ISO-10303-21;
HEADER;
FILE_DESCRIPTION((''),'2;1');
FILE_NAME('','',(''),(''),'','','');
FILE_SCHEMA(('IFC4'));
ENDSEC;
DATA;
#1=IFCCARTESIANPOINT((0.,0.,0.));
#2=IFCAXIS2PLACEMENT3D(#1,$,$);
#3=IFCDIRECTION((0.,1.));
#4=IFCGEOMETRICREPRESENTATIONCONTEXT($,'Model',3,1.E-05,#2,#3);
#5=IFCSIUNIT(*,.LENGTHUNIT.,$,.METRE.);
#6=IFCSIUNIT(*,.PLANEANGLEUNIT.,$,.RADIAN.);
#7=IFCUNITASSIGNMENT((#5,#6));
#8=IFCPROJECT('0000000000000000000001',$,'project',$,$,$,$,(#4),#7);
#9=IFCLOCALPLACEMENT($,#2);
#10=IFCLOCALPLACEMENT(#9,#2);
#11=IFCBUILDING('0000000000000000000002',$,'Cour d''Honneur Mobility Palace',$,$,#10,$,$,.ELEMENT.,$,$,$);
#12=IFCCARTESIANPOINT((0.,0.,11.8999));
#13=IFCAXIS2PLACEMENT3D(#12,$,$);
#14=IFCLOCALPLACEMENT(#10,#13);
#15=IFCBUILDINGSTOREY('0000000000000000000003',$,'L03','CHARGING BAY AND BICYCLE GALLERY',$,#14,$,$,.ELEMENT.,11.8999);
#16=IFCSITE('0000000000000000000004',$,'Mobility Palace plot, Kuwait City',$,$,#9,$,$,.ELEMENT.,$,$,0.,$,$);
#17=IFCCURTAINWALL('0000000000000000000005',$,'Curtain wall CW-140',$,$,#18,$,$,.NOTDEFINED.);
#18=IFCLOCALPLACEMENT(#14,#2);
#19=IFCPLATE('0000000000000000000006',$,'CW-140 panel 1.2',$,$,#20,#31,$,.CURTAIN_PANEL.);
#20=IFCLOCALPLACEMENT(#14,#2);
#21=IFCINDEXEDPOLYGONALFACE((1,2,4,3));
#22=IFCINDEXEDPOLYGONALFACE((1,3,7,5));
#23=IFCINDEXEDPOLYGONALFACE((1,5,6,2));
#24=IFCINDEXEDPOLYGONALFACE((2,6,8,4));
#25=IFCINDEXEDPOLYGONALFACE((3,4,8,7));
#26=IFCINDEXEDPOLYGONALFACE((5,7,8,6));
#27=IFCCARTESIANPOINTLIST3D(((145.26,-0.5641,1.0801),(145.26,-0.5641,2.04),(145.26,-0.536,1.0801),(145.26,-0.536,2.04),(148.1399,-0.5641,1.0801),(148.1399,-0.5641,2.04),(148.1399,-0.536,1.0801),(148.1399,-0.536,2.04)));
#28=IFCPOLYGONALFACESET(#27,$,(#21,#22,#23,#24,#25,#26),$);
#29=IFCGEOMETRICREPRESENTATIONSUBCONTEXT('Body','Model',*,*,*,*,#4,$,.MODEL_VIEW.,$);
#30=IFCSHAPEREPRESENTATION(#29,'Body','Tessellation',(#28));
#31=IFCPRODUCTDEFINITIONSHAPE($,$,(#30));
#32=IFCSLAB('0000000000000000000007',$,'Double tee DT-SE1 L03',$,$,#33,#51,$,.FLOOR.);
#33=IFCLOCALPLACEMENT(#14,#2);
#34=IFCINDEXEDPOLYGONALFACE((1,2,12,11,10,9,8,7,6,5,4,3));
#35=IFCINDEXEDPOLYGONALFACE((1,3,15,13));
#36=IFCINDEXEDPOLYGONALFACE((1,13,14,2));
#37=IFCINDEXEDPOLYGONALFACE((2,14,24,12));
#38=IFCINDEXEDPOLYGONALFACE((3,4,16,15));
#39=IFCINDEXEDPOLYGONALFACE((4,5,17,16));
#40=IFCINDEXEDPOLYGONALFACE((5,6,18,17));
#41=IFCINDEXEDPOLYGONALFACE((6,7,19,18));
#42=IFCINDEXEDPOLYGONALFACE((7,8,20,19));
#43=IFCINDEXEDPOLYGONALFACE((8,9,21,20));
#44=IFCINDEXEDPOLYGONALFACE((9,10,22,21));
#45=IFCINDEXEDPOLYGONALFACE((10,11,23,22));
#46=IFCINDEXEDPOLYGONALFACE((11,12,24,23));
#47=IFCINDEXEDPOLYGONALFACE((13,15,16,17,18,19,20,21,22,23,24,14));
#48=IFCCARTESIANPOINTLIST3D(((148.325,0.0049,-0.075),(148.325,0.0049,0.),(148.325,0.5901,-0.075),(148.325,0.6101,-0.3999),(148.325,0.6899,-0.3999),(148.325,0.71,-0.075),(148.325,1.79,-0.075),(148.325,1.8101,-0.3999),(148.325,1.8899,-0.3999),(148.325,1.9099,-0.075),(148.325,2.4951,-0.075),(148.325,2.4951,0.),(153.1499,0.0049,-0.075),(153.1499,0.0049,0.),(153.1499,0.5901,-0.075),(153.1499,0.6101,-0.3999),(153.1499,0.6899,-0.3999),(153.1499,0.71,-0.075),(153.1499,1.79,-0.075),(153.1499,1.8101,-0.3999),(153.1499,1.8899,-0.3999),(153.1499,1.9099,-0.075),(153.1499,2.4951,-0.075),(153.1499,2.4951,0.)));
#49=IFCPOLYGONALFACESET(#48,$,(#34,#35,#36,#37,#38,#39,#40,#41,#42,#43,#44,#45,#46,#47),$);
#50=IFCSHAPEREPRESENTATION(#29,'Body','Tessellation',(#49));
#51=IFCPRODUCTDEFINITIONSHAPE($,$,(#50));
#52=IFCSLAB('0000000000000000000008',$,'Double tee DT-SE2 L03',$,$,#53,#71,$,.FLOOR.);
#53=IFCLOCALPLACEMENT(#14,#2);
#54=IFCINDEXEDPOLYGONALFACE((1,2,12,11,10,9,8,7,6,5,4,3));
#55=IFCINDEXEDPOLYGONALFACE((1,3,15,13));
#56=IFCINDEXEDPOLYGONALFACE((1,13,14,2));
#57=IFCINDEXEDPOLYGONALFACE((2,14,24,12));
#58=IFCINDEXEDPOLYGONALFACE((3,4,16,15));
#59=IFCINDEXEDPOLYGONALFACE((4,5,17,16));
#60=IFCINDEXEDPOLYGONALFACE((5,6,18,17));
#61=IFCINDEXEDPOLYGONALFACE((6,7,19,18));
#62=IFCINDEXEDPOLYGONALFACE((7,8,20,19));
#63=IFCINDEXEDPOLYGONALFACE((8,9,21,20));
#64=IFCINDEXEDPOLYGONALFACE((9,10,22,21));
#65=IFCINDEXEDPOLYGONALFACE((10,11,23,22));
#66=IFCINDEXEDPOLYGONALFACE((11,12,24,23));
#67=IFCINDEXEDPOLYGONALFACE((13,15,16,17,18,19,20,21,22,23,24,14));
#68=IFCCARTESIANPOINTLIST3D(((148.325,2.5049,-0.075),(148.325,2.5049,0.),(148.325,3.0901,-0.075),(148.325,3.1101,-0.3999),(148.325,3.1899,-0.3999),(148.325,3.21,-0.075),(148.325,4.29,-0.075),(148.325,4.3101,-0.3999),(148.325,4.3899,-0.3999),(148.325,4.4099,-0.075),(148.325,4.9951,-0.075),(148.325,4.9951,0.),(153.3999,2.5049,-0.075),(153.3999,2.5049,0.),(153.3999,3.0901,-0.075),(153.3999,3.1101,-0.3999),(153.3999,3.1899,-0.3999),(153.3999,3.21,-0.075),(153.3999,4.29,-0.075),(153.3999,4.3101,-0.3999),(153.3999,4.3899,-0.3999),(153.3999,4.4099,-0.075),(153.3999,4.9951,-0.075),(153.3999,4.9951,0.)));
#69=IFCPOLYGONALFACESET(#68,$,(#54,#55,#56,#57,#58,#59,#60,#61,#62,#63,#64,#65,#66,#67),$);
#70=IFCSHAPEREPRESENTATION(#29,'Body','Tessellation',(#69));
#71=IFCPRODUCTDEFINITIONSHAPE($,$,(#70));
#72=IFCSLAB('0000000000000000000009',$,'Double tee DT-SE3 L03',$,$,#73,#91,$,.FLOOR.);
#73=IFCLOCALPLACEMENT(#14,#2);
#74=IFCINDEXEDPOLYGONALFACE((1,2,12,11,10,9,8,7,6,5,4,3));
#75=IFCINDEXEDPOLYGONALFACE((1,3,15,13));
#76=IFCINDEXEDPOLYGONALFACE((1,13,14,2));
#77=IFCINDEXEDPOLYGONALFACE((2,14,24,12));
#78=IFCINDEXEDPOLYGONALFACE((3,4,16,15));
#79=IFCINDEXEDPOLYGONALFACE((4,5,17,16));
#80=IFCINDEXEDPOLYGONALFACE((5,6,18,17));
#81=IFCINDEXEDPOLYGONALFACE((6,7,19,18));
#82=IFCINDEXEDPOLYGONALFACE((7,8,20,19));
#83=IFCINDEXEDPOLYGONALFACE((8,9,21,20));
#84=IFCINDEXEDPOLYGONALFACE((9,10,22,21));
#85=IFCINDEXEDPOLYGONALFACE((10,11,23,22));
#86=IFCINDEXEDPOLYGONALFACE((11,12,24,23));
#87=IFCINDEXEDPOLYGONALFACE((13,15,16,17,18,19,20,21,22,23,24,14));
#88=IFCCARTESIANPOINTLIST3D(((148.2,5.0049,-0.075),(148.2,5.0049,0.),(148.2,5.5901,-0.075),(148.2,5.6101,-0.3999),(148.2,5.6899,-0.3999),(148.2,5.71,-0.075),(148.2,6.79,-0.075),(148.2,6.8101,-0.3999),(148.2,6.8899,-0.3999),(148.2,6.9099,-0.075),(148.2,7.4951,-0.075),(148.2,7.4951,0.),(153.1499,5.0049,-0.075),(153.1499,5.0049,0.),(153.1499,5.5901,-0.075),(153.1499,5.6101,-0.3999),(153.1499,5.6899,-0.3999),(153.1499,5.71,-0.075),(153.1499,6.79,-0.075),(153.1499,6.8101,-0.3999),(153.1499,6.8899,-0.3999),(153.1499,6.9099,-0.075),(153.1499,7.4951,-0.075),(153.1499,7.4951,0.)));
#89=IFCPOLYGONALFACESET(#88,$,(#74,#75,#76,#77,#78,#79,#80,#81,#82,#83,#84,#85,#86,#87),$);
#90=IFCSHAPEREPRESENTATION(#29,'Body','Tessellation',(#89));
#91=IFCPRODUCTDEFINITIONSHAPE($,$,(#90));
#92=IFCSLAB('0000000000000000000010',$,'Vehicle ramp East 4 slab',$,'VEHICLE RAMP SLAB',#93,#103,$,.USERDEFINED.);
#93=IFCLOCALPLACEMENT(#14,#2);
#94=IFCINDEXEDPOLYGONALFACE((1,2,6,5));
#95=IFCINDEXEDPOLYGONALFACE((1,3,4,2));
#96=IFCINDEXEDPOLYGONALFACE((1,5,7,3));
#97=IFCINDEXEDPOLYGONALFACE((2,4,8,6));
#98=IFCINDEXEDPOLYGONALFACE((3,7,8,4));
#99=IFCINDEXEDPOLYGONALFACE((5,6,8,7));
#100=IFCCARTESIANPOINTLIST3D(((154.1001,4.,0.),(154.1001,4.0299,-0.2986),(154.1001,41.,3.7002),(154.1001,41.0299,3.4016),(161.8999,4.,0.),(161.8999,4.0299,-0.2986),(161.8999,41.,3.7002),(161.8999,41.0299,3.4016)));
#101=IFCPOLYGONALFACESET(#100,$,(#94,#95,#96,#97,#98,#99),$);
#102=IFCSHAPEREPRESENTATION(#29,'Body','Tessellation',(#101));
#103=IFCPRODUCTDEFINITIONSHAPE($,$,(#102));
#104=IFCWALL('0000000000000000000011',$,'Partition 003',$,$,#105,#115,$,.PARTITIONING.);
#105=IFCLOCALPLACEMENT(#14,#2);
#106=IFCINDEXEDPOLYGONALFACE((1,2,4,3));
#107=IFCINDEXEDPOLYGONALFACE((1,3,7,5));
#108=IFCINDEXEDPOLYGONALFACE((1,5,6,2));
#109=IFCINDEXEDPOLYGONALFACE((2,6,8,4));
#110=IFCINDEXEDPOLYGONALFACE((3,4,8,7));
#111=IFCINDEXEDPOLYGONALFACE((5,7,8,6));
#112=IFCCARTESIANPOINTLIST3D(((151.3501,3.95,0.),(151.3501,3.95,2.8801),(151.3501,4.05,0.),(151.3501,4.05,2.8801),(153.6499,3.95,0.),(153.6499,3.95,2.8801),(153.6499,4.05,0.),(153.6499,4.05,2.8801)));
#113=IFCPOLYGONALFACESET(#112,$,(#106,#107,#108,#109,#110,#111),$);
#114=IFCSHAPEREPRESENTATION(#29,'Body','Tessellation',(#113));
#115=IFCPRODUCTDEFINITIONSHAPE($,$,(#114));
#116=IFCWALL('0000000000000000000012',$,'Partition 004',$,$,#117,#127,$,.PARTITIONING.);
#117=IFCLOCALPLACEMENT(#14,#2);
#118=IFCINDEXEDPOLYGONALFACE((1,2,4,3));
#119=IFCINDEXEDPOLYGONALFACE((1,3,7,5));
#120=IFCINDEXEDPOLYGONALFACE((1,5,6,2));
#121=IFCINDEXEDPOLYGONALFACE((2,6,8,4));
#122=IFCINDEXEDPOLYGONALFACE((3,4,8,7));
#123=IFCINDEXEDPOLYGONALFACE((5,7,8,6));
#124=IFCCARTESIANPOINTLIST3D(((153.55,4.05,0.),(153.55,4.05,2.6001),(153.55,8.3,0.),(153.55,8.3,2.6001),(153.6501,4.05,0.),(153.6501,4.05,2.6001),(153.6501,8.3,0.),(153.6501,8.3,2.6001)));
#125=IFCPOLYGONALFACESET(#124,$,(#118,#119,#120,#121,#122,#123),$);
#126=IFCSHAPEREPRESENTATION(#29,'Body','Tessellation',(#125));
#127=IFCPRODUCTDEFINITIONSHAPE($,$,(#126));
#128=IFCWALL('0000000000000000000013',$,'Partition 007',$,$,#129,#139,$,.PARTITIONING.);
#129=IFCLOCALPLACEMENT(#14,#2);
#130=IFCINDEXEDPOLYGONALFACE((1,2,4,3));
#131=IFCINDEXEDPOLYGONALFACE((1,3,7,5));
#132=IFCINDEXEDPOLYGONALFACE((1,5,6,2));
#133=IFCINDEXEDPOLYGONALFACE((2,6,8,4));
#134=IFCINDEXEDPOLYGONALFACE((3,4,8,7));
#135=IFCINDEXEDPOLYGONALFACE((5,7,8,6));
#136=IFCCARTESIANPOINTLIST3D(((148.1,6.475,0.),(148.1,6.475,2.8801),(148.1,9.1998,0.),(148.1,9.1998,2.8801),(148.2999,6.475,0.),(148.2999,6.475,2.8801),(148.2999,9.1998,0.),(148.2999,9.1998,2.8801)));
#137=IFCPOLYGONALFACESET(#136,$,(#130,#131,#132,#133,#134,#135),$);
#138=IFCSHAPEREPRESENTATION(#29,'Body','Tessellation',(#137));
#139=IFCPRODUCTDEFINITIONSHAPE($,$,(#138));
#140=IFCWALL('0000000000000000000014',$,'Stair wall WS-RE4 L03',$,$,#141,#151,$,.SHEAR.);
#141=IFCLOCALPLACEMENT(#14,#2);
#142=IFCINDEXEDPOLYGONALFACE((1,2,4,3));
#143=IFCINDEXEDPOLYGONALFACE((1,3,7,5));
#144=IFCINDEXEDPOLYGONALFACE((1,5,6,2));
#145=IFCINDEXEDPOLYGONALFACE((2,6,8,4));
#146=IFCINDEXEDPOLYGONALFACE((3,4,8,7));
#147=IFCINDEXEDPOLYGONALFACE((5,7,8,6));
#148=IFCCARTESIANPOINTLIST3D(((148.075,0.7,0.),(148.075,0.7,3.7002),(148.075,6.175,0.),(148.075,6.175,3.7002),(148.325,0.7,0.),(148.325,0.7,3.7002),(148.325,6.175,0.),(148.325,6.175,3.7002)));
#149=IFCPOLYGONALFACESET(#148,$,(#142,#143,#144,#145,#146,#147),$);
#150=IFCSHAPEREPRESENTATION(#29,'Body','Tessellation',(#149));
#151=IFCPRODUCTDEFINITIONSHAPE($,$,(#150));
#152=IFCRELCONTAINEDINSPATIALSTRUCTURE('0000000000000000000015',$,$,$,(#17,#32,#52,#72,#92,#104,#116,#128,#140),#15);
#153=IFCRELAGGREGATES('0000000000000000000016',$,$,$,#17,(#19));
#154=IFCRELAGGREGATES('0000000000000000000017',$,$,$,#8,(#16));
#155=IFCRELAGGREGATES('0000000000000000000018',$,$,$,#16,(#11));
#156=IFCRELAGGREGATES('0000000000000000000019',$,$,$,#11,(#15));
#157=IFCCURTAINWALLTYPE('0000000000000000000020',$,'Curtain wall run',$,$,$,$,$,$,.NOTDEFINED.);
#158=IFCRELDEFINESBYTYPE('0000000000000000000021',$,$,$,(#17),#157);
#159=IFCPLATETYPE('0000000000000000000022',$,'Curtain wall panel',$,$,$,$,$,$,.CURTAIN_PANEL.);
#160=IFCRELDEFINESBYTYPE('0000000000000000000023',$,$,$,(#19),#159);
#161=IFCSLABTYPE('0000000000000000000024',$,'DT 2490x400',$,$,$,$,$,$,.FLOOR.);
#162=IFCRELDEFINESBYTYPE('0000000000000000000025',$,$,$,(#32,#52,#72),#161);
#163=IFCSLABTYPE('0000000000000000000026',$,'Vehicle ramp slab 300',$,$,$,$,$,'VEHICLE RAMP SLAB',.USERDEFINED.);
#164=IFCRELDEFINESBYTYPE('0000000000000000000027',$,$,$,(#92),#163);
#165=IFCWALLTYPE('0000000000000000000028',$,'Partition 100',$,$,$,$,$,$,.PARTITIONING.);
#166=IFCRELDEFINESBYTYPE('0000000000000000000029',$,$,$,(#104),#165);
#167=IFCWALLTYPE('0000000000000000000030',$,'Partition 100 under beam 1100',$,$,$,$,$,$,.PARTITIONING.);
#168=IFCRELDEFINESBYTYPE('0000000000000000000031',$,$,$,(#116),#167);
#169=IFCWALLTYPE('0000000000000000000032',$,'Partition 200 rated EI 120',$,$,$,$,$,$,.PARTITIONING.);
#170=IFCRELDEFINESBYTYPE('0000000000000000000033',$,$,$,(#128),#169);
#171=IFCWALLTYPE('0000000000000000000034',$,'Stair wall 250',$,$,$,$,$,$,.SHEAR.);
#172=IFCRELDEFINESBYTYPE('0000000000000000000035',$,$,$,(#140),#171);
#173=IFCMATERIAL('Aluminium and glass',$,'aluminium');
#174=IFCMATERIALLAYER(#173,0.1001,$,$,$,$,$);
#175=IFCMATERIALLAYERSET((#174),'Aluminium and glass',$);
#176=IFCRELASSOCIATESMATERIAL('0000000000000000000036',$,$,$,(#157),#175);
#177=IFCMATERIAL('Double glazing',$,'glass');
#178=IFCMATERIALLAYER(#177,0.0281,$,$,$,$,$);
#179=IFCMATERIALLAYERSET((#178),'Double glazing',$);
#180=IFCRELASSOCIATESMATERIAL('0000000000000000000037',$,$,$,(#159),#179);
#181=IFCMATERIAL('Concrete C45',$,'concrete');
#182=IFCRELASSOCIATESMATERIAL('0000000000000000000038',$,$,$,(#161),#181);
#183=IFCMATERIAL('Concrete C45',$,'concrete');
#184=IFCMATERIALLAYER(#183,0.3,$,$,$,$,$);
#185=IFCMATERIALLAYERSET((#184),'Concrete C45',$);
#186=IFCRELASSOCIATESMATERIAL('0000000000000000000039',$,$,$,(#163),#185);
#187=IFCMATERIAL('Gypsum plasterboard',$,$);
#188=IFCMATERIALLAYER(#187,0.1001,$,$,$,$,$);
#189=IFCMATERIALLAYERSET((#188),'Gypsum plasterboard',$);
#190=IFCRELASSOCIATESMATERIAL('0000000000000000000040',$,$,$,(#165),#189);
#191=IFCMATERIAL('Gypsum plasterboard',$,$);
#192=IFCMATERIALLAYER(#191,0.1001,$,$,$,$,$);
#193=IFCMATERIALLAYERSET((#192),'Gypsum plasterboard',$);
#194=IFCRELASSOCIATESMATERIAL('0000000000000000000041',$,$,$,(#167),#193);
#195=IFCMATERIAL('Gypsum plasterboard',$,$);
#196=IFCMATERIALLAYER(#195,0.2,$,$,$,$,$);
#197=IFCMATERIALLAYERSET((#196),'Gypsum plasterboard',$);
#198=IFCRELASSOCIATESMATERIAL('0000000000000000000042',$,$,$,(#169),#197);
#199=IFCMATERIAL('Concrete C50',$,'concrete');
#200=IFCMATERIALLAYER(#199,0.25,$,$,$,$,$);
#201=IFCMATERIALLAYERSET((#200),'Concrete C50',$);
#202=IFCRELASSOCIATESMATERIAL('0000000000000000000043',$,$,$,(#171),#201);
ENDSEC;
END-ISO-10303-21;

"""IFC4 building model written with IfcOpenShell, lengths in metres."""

from ifc_helpers import new_model, si_unit, direction, frame, frame_2d, origin, origin_2d, place, context, subcontext, project, spatial, polyline, rectangle, outline, extrude, material, layer, layer_set, material_profile, profile_set, type_object, element, aggregate, save


model = new_model("IFC4")

# Units and contexts
model_context = context("Model", 3, precision=1e-05, world=origin(), true_north=direction((0.0, 1.0)))
body_context = subcontext(model_context, "Body", "Model", "MODEL_VIEW")
ifc_project = project(units=[si_unit("LENGTHUNIT", "METRE"), si_unit("PLANEANGLEUNIT", "RADIAN")], contexts=[model_context])

# Site, building, storey
site_placement = place(None, origin())
site = spatial("IfcSite", under=ifc_project, at=site_placement, Name="Mobility Palace plot, Kuwait City", CompositionType="ELEMENT", RefElevation=0.0)
building_placement = place(site_placement, origin())
building = spatial("IfcBuilding", under=site, at=building_placement, Name="Cour d'Honneur Mobility Palace", CompositionType="ELEMENT")
storey_placement = place(building_placement, frame((0.0, 0.0, 11.8999)))
storey = spatial("IfcBuildingStorey", under=building, at=storey_placement, Name="L03", Description="CHARGING BAY AND BICYCLE GALLERY", CompositionType="ELEMENT", Elevation=11.8999)

# Curtain wall
ifc_material_1 = material(Name="Aluminium and glass", Category="aluminium")
ifc_layer_1 = layer(ifc_material_1, 0.1001)
ifc_layer_set_1 = layer_set([ifc_layer_1], Name="Aluminium and glass")
curtain_wall_type = type_object("IfcCurtainWallType", Name="Curtain wall run", PredefinedType="NOTDEFINED", material=ifc_layer_set_1)
curtain_wall_placement = place(storey_placement, origin())
curtain_wall = element("IfcCurtainWall", 1, at=curtain_wall_placement, inside=storey, type_object=curtain_wall_type, Name="Curtain wall CW-140", PredefinedType="NOTDEFINED")

# Plate
ifc_material_2 = material(Name="Double glazing", Category="glass")
ifc_layer_2 = layer(ifc_material_2, 0.0281)
ifc_layer_set_2 = layer_set([ifc_layer_2], Name="Double glazing")
plate_type = type_object("IfcPlateType", Name="Curtain wall panel", PredefinedType="CURTAIN_PANEL", material=ifc_layer_set_2)
plate_1_placement = place(storey_placement, frame((146.7, -0.55, 1.0801), z_axis=(0.0, 0.0, 1.0), x_axis=(1.0, 0.0, 0.0)))
plate_1 = element("IfcPlate", 2, at=plate_1_placement, type_object=plate_type, Name="CW-140 panel 1.2", PredefinedType="CURTAIN_PANEL", context=body_context, shape_type="SweptSolid", body=[
    extrude(rectangle(XDim=2.8799, YDim=0.0281, at=origin_2d()), origin(), (0.0, 0.0, 1.0), 0.96),
])
aggregate(curtain_wall, [plate_1])

# Slabs
ifc_material_3 = material(Name="Concrete C45", Category="concrete")
ifc_material_profile_1 = material_profile(ifc_material_3, outline(polyline([(-1.2451, 0.0), (1.2451, 0.0), (1.2451, -0.075), (0.6599, -0.075), (0.6399, -0.3999), (0.5601, -0.3999), (0.54, -0.075), (-0.54, -0.075), (-0.5601, -0.3999), (-0.6399, -0.3999), (-0.6599, -0.075), (-1.2451, -0.075), (-1.2451, 0.0)])), Name="DT 2490x400")
ifc_profile_set_1 = profile_set([ifc_material_profile_1], Name="Concrete C45")
slab_type_1 = type_object("IfcSlabType", Name="DT 2490x400", PredefinedType="FLOOR", material=ifc_profile_set_1)
slab_1_placement = place(storey_placement, frame((148.325, 1.25, 0.0), z_axis=(1.0, 0.0, 0.0), x_axis=(0.0, 1.0, 0.0)))
element("IfcSlab", 3, at=slab_1_placement, inside=storey, type_object=slab_type_1, Name="Double tee DT-SE1 L03", PredefinedType="FLOOR", context=body_context, shape_type="SweptSolid", body=[
    extrude(outline(polyline([(-1.2451, 0.0), (1.2451, 0.0), (1.2451, -0.075), (0.6599, -0.075), (0.6399, -0.3999), (0.5601, -0.3999), (0.54, -0.075), (-0.54, -0.075), (-0.5601, -0.3999), (-0.6399, -0.3999), (-0.6599, -0.075), (-1.2451, -0.075), (-1.2451, 0.0)])), origin(), (0.0, 0.0, 1.0), 4.825),
])
slab_2_placement = place(storey_placement, frame((148.325, 3.75, 0.0), z_axis=(1.0, 0.0, 0.0), x_axis=(0.0, 1.0, 0.0)))
element("IfcSlab", 4, at=slab_2_placement, inside=storey, type_object=slab_type_1, Name="Double tee DT-SE2 L03", PredefinedType="FLOOR", context=body_context, shape_type="SweptSolid", body=[
    extrude(outline(polyline([(-1.2451, 0.0), (1.2451, 0.0), (1.2451, -0.075), (0.6599, -0.075), (0.6399, -0.3999), (0.5601, -0.3999), (0.54, -0.075), (-0.54, -0.075), (-0.5601, -0.3999), (-0.6399, -0.3999), (-0.6599, -0.075), (-1.2451, -0.075), (-1.2451, 0.0)])), origin(), (0.0, 0.0, 1.0), 5.075),
])
slab_3_placement = place(storey_placement, frame((148.2, 6.25, 0.0), z_axis=(1.0, 0.0, 0.0), x_axis=(0.0, 1.0, 0.0)))
element("IfcSlab", 5, at=slab_3_placement, inside=storey, type_object=slab_type_1, Name="Double tee DT-SE3 L03", PredefinedType="FLOOR", context=body_context, shape_type="SweptSolid", body=[
    extrude(outline(polyline([(-1.2451, 0.0), (1.2451, 0.0), (1.2451, -0.075), (0.6599, -0.075), (0.6399, -0.3999), (0.5601, -0.3999), (0.54, -0.075), (-0.54, -0.075), (-0.5601, -0.3999), (-0.6399, -0.3999), (-0.6599, -0.075), (-1.2451, -0.075), (-1.2451, 0.0)])), origin(), (0.0, 0.0, 1.0), 4.95),
])
ifc_material_4 = material(Name="Concrete C45", Category="concrete")
ifc_layer_3 = layer(ifc_material_4, 0.3)
ifc_layer_set_3 = layer_set([ifc_layer_3], Name="Concrete C45")
slab_type_2 = type_object("IfcSlabType", Name="Vehicle ramp slab 300", ElementType="VEHICLE RAMP SLAB", PredefinedType="USERDEFINED", material=ifc_layer_set_3)
slab_4_placement = place(storey_placement, frame((154.1001, 4.0, 0.0), z_axis=(0.0, -0.099509, 0.995037), x_axis=(1.0, 0.0, 0.0)))
element("IfcSlab", 6, at=slab_4_placement, inside=storey, type_object=slab_type_2, Name="Vehicle ramp East 4 slab", ObjectType="VEHICLE RAMP SLAB", PredefinedType="USERDEFINED", context=body_context, shape_type="SweptSolid", body=[
    extrude(outline(polyline([(0.0, 0.0), (7.7998, 0.0), (7.7998, 37.1846), (0.0, 37.1846), (0.0, 0.0)])), origin(), (0.0, 0.0, -1.0), 0.3),
])

# Walls
ifc_material_5 = material(Name="Gypsum plasterboard")
ifc_layer_4 = layer(ifc_material_5, 0.1001)
ifc_layer_set_4 = layer_set([ifc_layer_4], Name="Gypsum plasterboard")
wall_type_1 = type_object("IfcWallType", Name="Partition 100", PredefinedType="PARTITIONING", material=ifc_layer_set_4)
wall_1_placement = place(storey_placement, frame((151.3501, 4.0, 0.0), z_axis=(0.0, 0.0, 1.0), x_axis=(1.0, 0.0, 0.0)))
element("IfcWall", 7, at=wall_1_placement, inside=storey, type_object=wall_type_1, Name="Partition 003", PredefinedType="PARTITIONING", context=body_context, shape_type="SweptSolid", body=[
    extrude(rectangle(XDim=2.2998, YDim=0.1001, at=frame_2d((1.1499, 0.0))), origin(), (0.0, 0.0, 1.0), 2.8801),
])
ifc_material_6 = material(Name="Gypsum plasterboard")
ifc_layer_5 = layer(ifc_material_6, 0.1001)
ifc_layer_set_5 = layer_set([ifc_layer_5], Name="Gypsum plasterboard")
wall_type_2 = type_object("IfcWallType", Name="Partition 100 under beam 1100", PredefinedType="PARTITIONING", material=ifc_layer_set_5)
wall_2_placement = place(storey_placement, frame((153.6001, 4.05, 0.0), z_axis=(0.0, 0.0, 1.0), x_axis=(0.0, 1.0, 0.0)))
element("IfcWall", 8, at=wall_2_placement, inside=storey, type_object=wall_type_2, Name="Partition 004", PredefinedType="PARTITIONING", context=body_context, shape_type="SweptSolid", body=[
    extrude(rectangle(XDim=4.25, YDim=0.1001, at=frame_2d((2.125, 0.0))), origin(), (0.0, 0.0, 1.0), 2.6001),
])
ifc_material_7 = material(Name="Gypsum plasterboard")
ifc_layer_6 = layer(ifc_material_7, 0.2)
ifc_layer_set_6 = layer_set([ifc_layer_6], Name="Gypsum plasterboard")
wall_type_3 = type_object("IfcWallType", Name="Partition 200 rated EI 120", PredefinedType="PARTITIONING", material=ifc_layer_set_6)
wall_3_placement = place(storey_placement, frame((148.2, 6.4751, 0.0), z_axis=(0.0, 0.0, 1.0), x_axis=(0.0, 1.0, 0.0)))
element("IfcWall", 9, at=wall_3_placement, inside=storey, type_object=wall_type_3, Name="Partition 007", PredefinedType="PARTITIONING", context=body_context, shape_type="SweptSolid", body=[
    extrude(rectangle(XDim=2.7249, YDim=0.2, at=frame_2d((1.3623, 0.0))), origin(), (0.0, 0.0, 1.0), 2.8801),
])
ifc_material_8 = material(Name="Concrete C50", Category="concrete")
ifc_layer_7 = layer(ifc_material_8, 0.25)
ifc_layer_set_7 = layer_set([ifc_layer_7], Name="Concrete C50")
wall_type_4 = type_object("IfcWallType", Name="Stair wall 250", PredefinedType="SHEAR", material=ifc_layer_set_7)
wall_4_placement = place(storey_placement, frame((148.2, 0.7, 0.0), z_axis=(0.0, 0.0, 1.0), x_axis=(0.0, 1.0, 0.0)))
element("IfcWall", 10, at=wall_4_placement, inside=storey, type_object=wall_type_4, Name="Stair wall WS-RE4 L03", PredefinedType="SHEAR", context=body_context, shape_type="SweptSolid", body=[
    extrude(rectangle(XDim=5.4751, YDim=0.25, at=frame_2d((2.7375, 0.0))), origin(), (0.0, 0.0, 1.0), 3.7002),
])

save(model, "model.ifc")
